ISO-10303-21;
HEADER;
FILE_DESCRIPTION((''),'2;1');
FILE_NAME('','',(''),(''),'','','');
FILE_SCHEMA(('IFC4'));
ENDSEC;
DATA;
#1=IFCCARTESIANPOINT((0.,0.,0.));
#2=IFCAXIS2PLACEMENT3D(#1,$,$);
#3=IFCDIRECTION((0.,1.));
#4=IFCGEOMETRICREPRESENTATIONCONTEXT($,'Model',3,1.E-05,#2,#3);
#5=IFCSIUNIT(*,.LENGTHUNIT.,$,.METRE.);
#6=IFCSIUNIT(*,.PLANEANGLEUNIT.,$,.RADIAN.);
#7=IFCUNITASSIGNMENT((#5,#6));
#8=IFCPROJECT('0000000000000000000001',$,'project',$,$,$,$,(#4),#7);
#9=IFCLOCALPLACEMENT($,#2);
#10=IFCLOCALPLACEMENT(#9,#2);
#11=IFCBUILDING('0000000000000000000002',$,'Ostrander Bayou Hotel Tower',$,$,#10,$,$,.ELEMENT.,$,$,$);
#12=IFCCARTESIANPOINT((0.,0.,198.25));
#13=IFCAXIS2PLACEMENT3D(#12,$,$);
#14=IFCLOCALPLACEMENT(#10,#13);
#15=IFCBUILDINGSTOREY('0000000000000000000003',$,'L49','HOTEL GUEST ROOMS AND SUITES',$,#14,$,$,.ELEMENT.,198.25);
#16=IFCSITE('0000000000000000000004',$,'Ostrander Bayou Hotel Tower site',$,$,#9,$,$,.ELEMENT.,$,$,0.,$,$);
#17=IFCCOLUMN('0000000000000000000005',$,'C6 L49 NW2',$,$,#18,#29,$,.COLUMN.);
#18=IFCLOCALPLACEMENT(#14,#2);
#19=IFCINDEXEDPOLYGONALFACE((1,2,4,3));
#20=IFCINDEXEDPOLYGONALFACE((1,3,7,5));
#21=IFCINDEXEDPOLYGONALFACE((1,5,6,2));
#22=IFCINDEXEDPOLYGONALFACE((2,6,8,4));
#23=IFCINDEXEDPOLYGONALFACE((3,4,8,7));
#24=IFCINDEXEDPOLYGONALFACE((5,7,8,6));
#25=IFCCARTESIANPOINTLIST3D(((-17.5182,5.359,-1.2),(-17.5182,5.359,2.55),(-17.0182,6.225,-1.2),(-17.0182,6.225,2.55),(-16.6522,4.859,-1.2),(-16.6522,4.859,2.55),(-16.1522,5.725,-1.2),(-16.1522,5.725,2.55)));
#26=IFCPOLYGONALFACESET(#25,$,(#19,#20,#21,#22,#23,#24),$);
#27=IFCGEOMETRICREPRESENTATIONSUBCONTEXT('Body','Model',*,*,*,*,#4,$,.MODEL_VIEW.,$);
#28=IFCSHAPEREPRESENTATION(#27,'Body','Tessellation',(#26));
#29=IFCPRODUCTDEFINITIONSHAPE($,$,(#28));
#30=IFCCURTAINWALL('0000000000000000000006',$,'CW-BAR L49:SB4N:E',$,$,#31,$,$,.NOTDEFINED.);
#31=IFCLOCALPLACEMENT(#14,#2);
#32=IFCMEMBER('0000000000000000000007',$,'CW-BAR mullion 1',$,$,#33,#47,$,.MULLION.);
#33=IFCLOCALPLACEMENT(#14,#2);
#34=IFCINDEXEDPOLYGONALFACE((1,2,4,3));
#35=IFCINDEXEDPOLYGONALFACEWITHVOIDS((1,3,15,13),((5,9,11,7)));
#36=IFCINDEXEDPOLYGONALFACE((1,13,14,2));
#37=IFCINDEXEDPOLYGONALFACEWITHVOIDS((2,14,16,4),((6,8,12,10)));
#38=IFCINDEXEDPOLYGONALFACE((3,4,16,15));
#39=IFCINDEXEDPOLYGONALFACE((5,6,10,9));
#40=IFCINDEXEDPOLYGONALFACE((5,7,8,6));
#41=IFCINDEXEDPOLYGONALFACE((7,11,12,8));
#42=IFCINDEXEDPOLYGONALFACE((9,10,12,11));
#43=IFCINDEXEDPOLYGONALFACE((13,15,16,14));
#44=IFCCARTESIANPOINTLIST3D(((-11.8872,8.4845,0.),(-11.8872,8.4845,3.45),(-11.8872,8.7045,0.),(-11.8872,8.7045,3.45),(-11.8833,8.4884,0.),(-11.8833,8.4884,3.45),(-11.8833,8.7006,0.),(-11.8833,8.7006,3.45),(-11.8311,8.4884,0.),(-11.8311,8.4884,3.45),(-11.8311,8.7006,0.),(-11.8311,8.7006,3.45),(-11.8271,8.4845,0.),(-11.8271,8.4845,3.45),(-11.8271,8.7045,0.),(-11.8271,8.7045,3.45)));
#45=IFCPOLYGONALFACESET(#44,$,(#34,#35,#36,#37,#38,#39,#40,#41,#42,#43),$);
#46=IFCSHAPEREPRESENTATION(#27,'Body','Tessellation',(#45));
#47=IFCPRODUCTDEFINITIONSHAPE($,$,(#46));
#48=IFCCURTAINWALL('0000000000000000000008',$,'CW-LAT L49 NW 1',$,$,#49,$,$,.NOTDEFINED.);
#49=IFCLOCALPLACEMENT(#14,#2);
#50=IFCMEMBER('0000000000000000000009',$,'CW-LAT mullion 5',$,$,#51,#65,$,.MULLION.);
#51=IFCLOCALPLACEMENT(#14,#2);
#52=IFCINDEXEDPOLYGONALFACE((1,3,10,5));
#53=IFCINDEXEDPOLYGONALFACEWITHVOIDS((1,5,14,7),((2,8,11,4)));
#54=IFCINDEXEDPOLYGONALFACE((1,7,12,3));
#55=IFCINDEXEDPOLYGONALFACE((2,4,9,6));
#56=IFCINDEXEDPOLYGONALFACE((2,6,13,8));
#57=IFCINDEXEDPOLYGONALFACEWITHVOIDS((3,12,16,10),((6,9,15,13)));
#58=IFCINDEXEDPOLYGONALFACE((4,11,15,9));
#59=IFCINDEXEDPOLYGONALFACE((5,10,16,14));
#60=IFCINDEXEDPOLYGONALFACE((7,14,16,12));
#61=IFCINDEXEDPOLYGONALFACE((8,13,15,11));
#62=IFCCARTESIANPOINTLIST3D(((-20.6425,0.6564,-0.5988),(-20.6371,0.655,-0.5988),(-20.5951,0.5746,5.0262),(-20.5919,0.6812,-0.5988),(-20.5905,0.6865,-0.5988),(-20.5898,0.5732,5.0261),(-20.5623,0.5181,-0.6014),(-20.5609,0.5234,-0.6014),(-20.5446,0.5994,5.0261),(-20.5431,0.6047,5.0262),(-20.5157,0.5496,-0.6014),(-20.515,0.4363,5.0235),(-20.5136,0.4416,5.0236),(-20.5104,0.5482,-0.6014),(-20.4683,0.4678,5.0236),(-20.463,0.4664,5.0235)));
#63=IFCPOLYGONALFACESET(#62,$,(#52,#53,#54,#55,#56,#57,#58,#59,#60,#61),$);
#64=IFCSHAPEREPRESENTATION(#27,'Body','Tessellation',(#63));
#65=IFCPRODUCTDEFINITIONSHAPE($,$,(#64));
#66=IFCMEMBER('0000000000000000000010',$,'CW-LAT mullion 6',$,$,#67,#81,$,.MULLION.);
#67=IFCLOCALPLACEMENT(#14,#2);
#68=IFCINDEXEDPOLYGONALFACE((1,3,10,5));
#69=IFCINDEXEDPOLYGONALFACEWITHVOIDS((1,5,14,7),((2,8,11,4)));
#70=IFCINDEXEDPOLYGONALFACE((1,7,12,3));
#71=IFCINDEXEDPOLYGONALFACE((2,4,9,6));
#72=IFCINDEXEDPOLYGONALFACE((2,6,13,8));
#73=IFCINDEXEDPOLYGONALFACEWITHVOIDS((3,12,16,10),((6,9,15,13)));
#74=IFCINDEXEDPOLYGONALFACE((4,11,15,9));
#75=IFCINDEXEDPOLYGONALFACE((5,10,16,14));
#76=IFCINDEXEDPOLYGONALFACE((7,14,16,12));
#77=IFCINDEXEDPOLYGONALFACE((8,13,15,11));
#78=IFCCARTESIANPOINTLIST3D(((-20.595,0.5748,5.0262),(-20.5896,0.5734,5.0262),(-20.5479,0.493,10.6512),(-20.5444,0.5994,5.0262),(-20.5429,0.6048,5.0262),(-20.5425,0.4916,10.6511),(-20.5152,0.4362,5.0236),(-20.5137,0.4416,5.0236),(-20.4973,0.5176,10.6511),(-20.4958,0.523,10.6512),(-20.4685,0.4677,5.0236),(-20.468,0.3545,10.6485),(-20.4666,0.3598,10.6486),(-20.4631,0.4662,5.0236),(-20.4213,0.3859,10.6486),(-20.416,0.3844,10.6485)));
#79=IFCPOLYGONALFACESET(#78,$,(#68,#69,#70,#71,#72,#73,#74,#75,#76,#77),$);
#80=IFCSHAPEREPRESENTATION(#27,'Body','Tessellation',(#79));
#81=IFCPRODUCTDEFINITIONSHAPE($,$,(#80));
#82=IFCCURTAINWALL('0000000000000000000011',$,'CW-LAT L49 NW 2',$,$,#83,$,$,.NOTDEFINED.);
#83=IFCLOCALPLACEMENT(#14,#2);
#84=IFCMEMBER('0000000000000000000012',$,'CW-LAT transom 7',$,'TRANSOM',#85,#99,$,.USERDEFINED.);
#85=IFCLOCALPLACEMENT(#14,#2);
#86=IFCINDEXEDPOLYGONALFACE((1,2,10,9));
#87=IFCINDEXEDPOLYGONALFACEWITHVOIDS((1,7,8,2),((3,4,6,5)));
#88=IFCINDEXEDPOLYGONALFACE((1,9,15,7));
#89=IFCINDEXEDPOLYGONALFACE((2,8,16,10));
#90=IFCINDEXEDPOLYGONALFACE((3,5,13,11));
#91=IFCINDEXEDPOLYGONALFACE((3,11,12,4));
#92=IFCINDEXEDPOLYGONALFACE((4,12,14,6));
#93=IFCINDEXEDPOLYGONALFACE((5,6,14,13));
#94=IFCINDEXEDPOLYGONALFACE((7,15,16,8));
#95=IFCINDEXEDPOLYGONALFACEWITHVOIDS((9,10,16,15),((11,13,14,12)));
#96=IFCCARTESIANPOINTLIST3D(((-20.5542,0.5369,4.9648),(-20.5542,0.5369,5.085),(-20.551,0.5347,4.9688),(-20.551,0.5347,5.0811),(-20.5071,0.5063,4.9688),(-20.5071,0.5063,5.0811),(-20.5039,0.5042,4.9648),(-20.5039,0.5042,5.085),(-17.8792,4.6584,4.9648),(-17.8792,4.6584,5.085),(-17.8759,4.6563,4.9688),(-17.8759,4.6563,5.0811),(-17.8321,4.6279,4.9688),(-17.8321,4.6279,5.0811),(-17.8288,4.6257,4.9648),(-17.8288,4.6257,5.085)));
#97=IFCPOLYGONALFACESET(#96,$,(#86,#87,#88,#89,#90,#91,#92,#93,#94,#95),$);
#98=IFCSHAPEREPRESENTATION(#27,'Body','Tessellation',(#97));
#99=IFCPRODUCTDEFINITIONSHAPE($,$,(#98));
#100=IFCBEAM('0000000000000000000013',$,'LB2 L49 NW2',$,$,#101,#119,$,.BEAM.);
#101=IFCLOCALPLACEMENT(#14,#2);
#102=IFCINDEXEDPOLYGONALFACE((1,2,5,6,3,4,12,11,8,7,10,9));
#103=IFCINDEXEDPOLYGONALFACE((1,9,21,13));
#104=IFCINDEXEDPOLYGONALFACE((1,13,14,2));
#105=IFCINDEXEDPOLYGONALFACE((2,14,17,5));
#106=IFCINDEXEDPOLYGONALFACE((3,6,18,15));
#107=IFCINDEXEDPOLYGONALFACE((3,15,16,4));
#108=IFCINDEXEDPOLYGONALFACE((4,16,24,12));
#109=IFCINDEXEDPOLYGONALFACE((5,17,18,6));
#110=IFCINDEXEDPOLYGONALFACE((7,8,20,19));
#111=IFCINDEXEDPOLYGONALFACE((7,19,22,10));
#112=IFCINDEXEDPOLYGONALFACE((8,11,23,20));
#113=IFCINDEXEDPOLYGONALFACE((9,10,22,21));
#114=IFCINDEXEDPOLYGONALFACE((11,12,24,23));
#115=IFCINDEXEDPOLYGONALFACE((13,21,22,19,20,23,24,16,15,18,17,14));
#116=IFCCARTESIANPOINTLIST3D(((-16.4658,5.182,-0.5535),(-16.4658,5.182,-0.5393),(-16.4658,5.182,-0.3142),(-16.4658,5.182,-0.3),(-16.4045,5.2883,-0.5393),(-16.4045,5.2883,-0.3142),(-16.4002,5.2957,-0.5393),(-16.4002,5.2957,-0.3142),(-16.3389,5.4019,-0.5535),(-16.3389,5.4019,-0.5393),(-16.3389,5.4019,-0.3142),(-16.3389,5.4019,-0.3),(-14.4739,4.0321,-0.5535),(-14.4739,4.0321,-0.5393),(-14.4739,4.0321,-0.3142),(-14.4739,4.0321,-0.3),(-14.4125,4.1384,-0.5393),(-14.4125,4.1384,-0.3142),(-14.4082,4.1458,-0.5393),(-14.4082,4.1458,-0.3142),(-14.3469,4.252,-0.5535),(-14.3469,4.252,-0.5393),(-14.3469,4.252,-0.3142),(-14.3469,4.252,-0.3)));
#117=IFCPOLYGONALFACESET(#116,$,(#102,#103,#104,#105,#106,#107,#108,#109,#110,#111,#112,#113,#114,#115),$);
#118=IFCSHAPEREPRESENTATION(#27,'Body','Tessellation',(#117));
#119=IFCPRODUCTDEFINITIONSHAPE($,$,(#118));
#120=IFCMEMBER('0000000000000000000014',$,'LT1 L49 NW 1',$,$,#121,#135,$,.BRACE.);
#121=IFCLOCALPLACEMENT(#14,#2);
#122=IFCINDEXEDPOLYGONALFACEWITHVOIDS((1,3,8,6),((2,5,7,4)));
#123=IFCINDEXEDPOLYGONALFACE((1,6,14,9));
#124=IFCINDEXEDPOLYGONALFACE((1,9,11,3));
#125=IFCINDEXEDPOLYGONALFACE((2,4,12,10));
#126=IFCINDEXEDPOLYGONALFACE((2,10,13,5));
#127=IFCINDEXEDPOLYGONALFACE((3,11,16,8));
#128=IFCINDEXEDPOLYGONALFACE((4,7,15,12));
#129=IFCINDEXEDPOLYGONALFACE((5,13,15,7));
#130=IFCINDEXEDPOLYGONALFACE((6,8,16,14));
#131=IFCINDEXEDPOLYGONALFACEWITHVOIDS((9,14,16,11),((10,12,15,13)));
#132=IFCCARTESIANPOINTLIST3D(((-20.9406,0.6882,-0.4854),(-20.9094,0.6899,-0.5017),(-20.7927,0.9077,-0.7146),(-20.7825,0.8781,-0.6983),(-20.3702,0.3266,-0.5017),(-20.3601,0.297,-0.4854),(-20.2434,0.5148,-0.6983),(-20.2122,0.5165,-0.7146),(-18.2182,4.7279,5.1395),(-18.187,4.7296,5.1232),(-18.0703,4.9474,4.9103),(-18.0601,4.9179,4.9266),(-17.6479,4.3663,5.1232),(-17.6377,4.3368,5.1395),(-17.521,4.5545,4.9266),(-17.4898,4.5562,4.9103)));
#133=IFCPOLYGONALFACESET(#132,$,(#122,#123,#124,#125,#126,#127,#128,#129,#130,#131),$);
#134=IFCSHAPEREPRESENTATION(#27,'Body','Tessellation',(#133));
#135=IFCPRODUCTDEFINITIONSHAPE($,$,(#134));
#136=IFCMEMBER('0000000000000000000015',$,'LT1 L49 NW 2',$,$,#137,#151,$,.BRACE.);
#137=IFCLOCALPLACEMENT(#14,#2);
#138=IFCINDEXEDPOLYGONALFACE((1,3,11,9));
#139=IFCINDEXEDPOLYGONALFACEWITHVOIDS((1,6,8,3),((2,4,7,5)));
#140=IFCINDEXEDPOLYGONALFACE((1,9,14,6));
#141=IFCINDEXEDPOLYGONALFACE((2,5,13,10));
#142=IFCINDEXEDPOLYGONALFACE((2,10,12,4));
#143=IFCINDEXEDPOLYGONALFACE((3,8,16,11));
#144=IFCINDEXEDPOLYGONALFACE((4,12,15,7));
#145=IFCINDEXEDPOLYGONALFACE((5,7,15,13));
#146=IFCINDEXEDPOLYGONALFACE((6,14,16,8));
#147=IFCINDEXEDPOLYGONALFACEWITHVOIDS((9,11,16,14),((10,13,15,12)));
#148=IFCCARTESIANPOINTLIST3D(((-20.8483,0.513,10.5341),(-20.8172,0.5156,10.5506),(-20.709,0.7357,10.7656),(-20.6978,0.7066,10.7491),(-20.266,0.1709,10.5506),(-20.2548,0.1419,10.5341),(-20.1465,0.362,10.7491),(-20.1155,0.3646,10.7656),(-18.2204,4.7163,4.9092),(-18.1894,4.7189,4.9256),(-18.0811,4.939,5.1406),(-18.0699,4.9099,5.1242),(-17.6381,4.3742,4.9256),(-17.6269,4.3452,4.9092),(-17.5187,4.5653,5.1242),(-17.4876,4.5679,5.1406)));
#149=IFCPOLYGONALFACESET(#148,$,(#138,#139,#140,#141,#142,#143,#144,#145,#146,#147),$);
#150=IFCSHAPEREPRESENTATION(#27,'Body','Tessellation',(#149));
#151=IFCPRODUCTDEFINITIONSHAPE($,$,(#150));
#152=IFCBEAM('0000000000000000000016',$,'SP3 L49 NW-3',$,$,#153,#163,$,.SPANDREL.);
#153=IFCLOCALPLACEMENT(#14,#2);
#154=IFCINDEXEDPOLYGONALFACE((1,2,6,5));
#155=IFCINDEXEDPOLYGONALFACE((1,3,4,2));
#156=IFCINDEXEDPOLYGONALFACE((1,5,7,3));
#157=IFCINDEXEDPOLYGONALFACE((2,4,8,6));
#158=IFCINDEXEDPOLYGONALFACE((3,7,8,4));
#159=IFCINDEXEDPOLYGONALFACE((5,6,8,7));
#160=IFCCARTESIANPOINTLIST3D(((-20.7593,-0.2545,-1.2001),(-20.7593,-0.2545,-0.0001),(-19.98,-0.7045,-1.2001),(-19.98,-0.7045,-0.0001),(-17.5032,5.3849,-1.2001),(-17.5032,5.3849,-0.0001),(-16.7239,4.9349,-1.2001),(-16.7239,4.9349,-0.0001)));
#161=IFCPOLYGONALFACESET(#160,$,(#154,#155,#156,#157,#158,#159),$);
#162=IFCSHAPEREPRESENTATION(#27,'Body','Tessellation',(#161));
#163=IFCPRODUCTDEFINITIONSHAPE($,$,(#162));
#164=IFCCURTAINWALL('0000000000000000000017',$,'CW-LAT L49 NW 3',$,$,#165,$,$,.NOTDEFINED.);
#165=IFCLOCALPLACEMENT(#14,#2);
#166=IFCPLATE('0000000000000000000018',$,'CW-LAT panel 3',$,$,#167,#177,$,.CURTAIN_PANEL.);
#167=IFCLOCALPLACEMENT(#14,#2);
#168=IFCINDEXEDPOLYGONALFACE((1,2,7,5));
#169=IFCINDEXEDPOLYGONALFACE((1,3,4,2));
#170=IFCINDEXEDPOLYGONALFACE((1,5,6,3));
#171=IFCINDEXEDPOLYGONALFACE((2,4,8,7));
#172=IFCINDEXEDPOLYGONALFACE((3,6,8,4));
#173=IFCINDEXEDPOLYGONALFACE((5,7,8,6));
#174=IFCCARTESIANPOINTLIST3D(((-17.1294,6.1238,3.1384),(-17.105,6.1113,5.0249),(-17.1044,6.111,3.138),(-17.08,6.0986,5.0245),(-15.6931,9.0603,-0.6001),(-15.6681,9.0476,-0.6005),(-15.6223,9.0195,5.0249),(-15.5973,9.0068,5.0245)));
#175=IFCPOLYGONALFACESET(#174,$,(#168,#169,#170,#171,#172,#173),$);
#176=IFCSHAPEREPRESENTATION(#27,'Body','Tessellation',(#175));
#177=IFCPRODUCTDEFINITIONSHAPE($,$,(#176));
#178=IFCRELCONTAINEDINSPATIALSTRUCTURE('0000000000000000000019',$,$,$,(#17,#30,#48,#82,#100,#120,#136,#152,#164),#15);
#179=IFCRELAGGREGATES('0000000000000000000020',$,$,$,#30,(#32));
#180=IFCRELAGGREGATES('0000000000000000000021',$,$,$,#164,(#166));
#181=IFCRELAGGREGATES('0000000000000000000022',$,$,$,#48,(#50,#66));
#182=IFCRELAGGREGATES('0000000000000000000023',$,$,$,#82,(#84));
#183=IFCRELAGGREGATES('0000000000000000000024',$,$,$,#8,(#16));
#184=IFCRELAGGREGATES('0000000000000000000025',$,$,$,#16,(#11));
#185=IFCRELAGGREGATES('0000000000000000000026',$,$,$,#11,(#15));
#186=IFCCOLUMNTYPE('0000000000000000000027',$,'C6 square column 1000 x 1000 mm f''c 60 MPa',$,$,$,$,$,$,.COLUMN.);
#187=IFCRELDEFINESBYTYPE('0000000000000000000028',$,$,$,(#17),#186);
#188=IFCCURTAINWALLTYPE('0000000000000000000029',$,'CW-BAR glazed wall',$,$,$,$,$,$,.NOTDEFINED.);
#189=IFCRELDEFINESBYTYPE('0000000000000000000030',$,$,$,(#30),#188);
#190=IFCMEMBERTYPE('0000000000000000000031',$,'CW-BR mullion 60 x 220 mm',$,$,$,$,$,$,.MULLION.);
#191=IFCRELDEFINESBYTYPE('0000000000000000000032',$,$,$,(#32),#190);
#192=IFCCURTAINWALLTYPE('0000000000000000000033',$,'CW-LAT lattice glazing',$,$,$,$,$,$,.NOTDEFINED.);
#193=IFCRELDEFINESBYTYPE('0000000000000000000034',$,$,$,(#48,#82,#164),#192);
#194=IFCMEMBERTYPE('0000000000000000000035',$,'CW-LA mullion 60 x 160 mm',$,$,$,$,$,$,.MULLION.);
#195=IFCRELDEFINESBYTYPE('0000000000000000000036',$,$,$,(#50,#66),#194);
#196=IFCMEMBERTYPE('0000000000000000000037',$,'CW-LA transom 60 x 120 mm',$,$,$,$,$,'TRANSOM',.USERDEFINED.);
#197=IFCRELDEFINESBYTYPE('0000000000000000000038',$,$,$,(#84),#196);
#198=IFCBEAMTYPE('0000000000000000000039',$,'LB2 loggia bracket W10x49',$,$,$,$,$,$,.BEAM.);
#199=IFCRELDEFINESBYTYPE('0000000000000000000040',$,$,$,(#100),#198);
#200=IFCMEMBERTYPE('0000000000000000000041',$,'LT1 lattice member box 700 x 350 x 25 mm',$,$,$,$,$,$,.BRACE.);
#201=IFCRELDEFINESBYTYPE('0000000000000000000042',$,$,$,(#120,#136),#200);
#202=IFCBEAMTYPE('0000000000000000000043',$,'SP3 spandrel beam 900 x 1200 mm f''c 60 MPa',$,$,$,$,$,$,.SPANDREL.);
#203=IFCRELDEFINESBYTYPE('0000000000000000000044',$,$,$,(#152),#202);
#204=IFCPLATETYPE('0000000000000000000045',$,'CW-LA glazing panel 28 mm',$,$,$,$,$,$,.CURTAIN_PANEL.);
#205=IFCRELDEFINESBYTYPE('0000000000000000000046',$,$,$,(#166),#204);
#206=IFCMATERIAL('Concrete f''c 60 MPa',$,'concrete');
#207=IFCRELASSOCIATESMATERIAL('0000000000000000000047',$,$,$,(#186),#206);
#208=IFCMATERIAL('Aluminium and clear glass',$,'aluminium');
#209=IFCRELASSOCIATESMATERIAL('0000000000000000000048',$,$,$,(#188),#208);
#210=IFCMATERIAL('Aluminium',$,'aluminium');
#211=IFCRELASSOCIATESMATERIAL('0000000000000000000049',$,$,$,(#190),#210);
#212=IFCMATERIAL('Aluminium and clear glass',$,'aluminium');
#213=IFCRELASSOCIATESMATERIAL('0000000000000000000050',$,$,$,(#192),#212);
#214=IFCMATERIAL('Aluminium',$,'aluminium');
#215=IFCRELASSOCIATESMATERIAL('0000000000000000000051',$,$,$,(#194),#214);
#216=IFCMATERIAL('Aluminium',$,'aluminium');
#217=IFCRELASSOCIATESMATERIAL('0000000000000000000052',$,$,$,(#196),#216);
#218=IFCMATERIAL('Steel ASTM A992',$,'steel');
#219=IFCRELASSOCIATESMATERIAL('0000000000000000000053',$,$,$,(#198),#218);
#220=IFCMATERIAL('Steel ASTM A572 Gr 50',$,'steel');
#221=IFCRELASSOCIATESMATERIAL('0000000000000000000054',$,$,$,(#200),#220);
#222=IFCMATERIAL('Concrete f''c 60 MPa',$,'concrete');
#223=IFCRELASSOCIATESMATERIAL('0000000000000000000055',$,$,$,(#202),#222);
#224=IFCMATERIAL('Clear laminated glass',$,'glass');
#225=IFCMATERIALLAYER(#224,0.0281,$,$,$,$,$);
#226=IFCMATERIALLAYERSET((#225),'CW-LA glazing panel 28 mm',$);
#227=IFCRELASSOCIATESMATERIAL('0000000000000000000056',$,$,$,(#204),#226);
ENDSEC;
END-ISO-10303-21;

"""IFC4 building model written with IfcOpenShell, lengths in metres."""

from ifc_helpers import new_model, si_unit, direction, frame, origin, origin_2d, place, context, subcontext, project, spatial, polyline, rectangle, hollow_rectangle, i_section, outline, extrude, material, layer, layer_set, material_profile, profile_set, type_object, element, aggregate, save


model = new_model("IFC4")

# Units and contexts
model_context = context("Model", 3, precision=1e-05, world=origin(), true_north=direction((0.0, 1.0)))
body_context = subcontext(model_context, "Body", "Model", "MODEL_VIEW")
ifc_project = project(units=[si_unit("LENGTHUNIT", "METRE"), si_unit("PLANEANGLEUNIT", "RADIAN")], contexts=[model_context])

# Site, building, storey
site_placement = place(None, origin())
site = spatial("IfcSite", under=ifc_project, at=site_placement, Name="Ostrander Bayou Hotel Tower site", CompositionType="ELEMENT", RefElevation=0.0)
building_placement = place(site_placement, origin())
building = spatial("IfcBuilding", under=site, at=building_placement, Name="Ostrander Bayou Hotel Tower", CompositionType="ELEMENT")
storey_placement = place(building_placement, frame((0.0, 0.0, 198.25)))
storey = spatial("IfcBuildingStorey", under=building, at=storey_placement, Name="L49", Description="HOTEL GUEST ROOMS AND SUITES", CompositionType="ELEMENT", Elevation=198.25)

# Column
ifc_material_1 = material(Name="Concrete f'c 60 MPa", Category="concrete")
ifc_material_profile_1 = material_profile(ifc_material_1, rectangle(XDim=1.0, YDim=1.0, at=origin_2d()))
ifc_profile_set_1 = profile_set([ifc_material_profile_1], Name="Concrete f'c 60 MPa")
column_type = type_object("IfcColumnType", Name="C6 square column 1000 x 1000 mm f'c 60 MPa", PredefinedType="COLUMN", material=ifc_profile_set_1)
column_placement = place(storey_placement, frame((-16.8352, 5.542, -1.2), z_axis=(0.0, 0.0, 1.0), x_axis=(0.5, 0.866025, 0.0)))
element("IfcColumn", 1, at=column_placement, inside=storey, type_object=column_type, Name="C6 L49 NW2", PredefinedType="COLUMN", context=body_context, shape_type="SweptSolid", body=[
    extrude(rectangle(XDim=1.0, YDim=1.0, at=origin_2d()), origin(), (0.0, 0.0, 1.0), 3.75),
])

# Curtain wall, member
ifc_material_2 = material(Name="Aluminium and clear glass", Category="aluminium")
curtain_wall_type_1 = type_object("IfcCurtainWallType", Name="CW-BAR glazed wall", PredefinedType="NOTDEFINED", material=ifc_material_2)
curtain_wall_1_placement = place(storey_placement, origin())
curtain_wall_1 = element("IfcCurtainWall", 2, at=curtain_wall_1_placement, inside=storey, type_object=curtain_wall_type_1, Name="CW-BAR L49:SB4N:E", PredefinedType="NOTDEFINED")
ifc_material_3 = material(Name="Aluminium", Category="aluminium")
ifc_material_profile_2 = material_profile(ifc_material_3, hollow_rectangle(XDim=0.0601, YDim=0.22, WallThickness=0.0039, at=origin_2d()))
ifc_profile_set_2 = profile_set([ifc_material_profile_2], Name="Aluminium")
member_type_1 = type_object("IfcMemberType", Name="CW-BR mullion 60 x 220 mm", PredefinedType="MULLION", material=ifc_profile_set_2)
member_1_placement = place(storey_placement, frame((-11.8572, 8.5945, 0.0), z_axis=(0.0, 0.0, 1.0), x_axis=(-1.0, 0.0, 0.0)))
member_1 = element("IfcMember", 3, at=member_1_placement, type_object=member_type_1, Name="CW-BAR mullion 1", PredefinedType="MULLION", context=body_context, shape_type="SweptSolid", body=[
    extrude(hollow_rectangle(XDim=0.0601, YDim=0.22, WallThickness=0.0039, at=origin_2d()), origin(), (0.0, 0.0, 1.0), 3.45),
])
aggregate(curtain_wall_1, [member_1])

# Curtain wall, members
ifc_material_4 = material(Name="Aluminium and clear glass", Category="aluminium")
curtain_wall_type_2 = type_object("IfcCurtainWallType", Name="CW-LAT lattice glazing", PredefinedType="NOTDEFINED", material=ifc_material_4)
curtain_wall_2_placement = place(storey_placement, origin())
curtain_wall_2 = element("IfcCurtainWall", 4, at=curtain_wall_2_placement, inside=storey, type_object=curtain_wall_type_2, Name="CW-LAT L49 NW 1", PredefinedType="NOTDEFINED")
ifc_material_5 = material(Name="Aluminium", Category="aluminium")
ifc_material_profile_3 = material_profile(ifc_material_5, hollow_rectangle(XDim=0.0601, YDim=0.1599, WallThickness=0.0039, at=origin_2d()))
ifc_profile_set_3 = profile_set([ifc_material_profile_3], Name="Aluminium")
member_type_2 = type_object("IfcMemberType", Name="CW-LA mullion 60 x 160 mm", PredefinedType="MULLION", material=ifc_profile_set_3)
member_2_placement = place(storey_placement, frame((-20.5764, 0.6023, -0.6001), z_axis=(0.008419, -0.014538, 0.999859), x_axis=(0.865367, 0.501138, 0.0)))
member_2 = element("IfcMember", 5, at=member_2_placement, type_object=member_type_2, Name="CW-LAT mullion 5", PredefinedType="MULLION", context=body_context, shape_type="SweptSolid", body=[
    extrude(hollow_rectangle(XDim=0.0601, YDim=0.1599, WallThickness=0.0039, at=origin_2d()), origin(), (0.0, 0.0, 1.0), 5.6257),
])
member_3_placement = place(storey_placement, frame((-20.5291, 0.5205, 5.0249), z_axis=(0.008376, -0.014538, 0.999859), x_axis=(0.866487, 0.4992, 0.0)))
member_3 = element("IfcMember", 6, at=member_3_placement, type_object=member_type_2, Name="CW-LAT mullion 6", PredefinedType="MULLION", context=body_context, shape_type="SweptSolid", body=[
    extrude(hollow_rectangle(XDim=0.0601, YDim=0.1599, WallThickness=0.0039, at=origin_2d()), origin(), (0.0, 0.0, 1.0), 5.6257),
])

# Curtain wall, member
curtain_wall_3_placement = place(storey_placement, origin())
curtain_wall_3 = element("IfcCurtainWall", 7, at=curtain_wall_3_placement, inside=storey, type_object=curtain_wall_type_2, Name="CW-LAT L49 NW 2", PredefinedType="NOTDEFINED")
ifc_material_6 = material(Name="Aluminium", Category="aluminium")
ifc_material_profile_4 = material_profile(ifc_material_6, hollow_rectangle(XDim=0.0601, YDim=0.1201, WallThickness=0.0039, at=origin_2d()))
ifc_profile_set_4 = profile_set([ifc_material_profile_4], Name="Aluminium")
member_type_3 = type_object("IfcMemberType", Name="CW-LA transom 60 x 120 mm", ElementType="TRANSOM", PredefinedType="USERDEFINED", material=ifc_profile_set_4)
member_4_placement = place(storey_placement, frame((-20.5291, 0.5205, 5.0249), z_axis=(0.544419, 0.838813, 0.0), x_axis=(-0.838813, 0.544419, 0.0)))
member_4 = element("IfcMember", 8, at=member_4_placement, type_object=member_type_3, Name="CW-LAT transom 7", ObjectType="TRANSOM", PredefinedType="USERDEFINED", context=body_context, shape_type="SweptSolid", body=[
    extrude(hollow_rectangle(XDim=0.0601, YDim=0.1201, WallThickness=0.0039, at=origin_2d()), origin(), (0.0, 0.0, 1.0), 4.9136),
])

# Beam
ifc_material_7 = material(Name="Steel ASTM A992", Category="steel")
ifc_material_profile_5 = material_profile(ifc_material_7, i_section(OverallWidth=0.2539, OverallDepth=0.2534, WebThickness=0.0085, FlangeThickness=0.0142, at=origin_2d()))
ifc_profile_set_5 = profile_set([ifc_material_profile_5], Name="Steel ASTM A992")
beam_type_1 = type_object("IfcBeamType", Name="LB2 loggia bracket W10x49", PredefinedType="BEAM", material=ifc_profile_set_5)
beam_1_placement = place(storey_placement, frame((-16.4023, 5.292, -0.4268), z_axis=(0.866053, -0.499952, 0.0), x_axis=(0.499952, 0.866053, 0.0)))
element("IfcBeam", 9, at=beam_1_placement, inside=storey, type_object=beam_type_1, Name="LB2 L49 NW2", PredefinedType="BEAM", context=body_context, shape_type="SweptSolid", body=[
    extrude(i_section(OverallWidth=0.2539, OverallDepth=0.2534, WebThickness=0.0085, FlangeThickness=0.0142, at=origin_2d()), origin(), (0.0, 0.0, 1.0), 2.3),
])

# Members
ifc_material_8 = material(Name="Steel ASTM A572 Gr 50", Category="steel")
ifc_material_profile_6 = material_profile(ifc_material_8, hollow_rectangle(XDim=0.7, YDim=0.3501, WallThickness=0.0249, at=origin_2d()))
ifc_profile_set_6 = profile_set([ifc_material_profile_6], Name="Steel ASTM A572 Gr 50")
member_type_4 = type_object("IfcMemberType", Name="LT1 lattice member box 700 x 350 x 25 mm", PredefinedType="BRACE", material=ifc_profile_set_6)
member_5_placement = place(storey_placement, frame((-17.854, 4.6421, 5.0249), z_axis=(-0.365854, -0.542892, -0.755922), x_axis=(0.829272, -0.558845, 0.0)))
element("IfcMember", 10, at=member_5_placement, inside=storey, type_object=member_type_4, Name="LT1 L49 NW 1", PredefinedType="BRACE", context=body_context, shape_type="SweptSolid", body=[
    extrude(hollow_rectangle(XDim=0.7, YDim=0.3501, WallThickness=0.0249, at=origin_2d()), origin(), (0.0, 0.0, 1.0), 7.4412),
])
member_6_placement = place(storey_placement, frame((-17.854, 4.6421, 5.0249), z_axis=(-0.3505, -0.560624, 0.750234), x_axis=(0.847924, -0.530118, 0.0)))
element("IfcMember", 11, at=member_6_placement, inside=storey, type_object=member_type_4, Name="LT1 L49 NW 2", PredefinedType="BRACE", context=body_context, shape_type="SweptSolid", body=[
    extrude(hollow_rectangle(XDim=0.7, YDim=0.3501, WallThickness=0.0249, at=origin_2d()), origin(), (0.0, 0.0, 1.0), 7.4976),
])

# Beam
ifc_material_9 = material(Name="Concrete f'c 60 MPa", Category="concrete")
ifc_material_profile_7 = material_profile(ifc_material_9, rectangle(XDim=0.8999, YDim=1.2, at=origin_2d()))
ifc_profile_set_7 = profile_set([ifc_material_profile_7], Name="Concrete f'c 60 MPa")
beam_type_2 = type_object("IfcBeamType", Name="SP3 spandrel beam 900 x 1200 mm f'c 60 MPa", PredefinedType="SPANDREL", material=ifc_profile_set_7)
beam_2_placement = place(storey_placement, frame((-17.1135, 5.1599, -0.6001), z_axis=(-0.500022, -0.866013, 0.0), x_axis=(0.866013, -0.500022, 0.0)))
element("IfcBeam", 12, at=beam_2_placement, inside=storey, type_object=beam_type_2, Name="SP3 L49 NW-3", PredefinedType="SPANDREL", context=body_context, shape_type="SweptSolid", body=[
    extrude(rectangle(XDim=0.8999, YDim=1.2, at=origin_2d()), origin(), (0.0, 0.0, 1.0), 6.512),
])

# Curtain wall, plate
curtain_wall_4_placement = place(storey_placement, origin())
curtain_wall_4 = element("IfcCurtainWall", 13, at=curtain_wall_4_placement, inside=storey, type_object=curtain_wall_type_2, Name="CW-LAT L49 NW 3", PredefinedType="NOTDEFINED")
ifc_material_10 = material(Name="Clear laminated glass", Category="glass")
ifc_layer_1 = layer(ifc_material_10, 0.0281)
ifc_layer_set_1 = layer_set([ifc_layer_1], Name="CW-LA glazing panel 28 mm")
plate_type = type_object("IfcPlateType", Name="CW-LA glazing panel 28 mm", PredefinedType="CURTAIN_PANEL", material=ifc_layer_set_1)
plate_1_placement = place(storey_placement, frame((-17.1294, 6.1238, 3.1384), z_axis=(-0.890802, 0.454161, 0.01451), x_axis=(0.289208, 0.591311, -0.752802)))
plate_1 = element("IfcPlate", 14, at=plate_1_placement, type_object=plate_type, Name="CW-LAT panel 3", PredefinedType="CURTAIN_PANEL", context=body_context, shape_type="SweptSolid", body=[
    extrude(outline(polyline([(0.0, 0.0), (4.9661, 0.0), (0.728, -3.6994), (-1.4204, -1.2417), (0.0, 0.0)])), origin(), (0.0, 0.0, -1.0), 0.0281),
])
aggregate(curtain_wall_4, [plate_1])

aggregate(curtain_wall_2, [member_2, member_3])
aggregate(curtain_wall_3, [member_4])

save(model, "model.ifc")
